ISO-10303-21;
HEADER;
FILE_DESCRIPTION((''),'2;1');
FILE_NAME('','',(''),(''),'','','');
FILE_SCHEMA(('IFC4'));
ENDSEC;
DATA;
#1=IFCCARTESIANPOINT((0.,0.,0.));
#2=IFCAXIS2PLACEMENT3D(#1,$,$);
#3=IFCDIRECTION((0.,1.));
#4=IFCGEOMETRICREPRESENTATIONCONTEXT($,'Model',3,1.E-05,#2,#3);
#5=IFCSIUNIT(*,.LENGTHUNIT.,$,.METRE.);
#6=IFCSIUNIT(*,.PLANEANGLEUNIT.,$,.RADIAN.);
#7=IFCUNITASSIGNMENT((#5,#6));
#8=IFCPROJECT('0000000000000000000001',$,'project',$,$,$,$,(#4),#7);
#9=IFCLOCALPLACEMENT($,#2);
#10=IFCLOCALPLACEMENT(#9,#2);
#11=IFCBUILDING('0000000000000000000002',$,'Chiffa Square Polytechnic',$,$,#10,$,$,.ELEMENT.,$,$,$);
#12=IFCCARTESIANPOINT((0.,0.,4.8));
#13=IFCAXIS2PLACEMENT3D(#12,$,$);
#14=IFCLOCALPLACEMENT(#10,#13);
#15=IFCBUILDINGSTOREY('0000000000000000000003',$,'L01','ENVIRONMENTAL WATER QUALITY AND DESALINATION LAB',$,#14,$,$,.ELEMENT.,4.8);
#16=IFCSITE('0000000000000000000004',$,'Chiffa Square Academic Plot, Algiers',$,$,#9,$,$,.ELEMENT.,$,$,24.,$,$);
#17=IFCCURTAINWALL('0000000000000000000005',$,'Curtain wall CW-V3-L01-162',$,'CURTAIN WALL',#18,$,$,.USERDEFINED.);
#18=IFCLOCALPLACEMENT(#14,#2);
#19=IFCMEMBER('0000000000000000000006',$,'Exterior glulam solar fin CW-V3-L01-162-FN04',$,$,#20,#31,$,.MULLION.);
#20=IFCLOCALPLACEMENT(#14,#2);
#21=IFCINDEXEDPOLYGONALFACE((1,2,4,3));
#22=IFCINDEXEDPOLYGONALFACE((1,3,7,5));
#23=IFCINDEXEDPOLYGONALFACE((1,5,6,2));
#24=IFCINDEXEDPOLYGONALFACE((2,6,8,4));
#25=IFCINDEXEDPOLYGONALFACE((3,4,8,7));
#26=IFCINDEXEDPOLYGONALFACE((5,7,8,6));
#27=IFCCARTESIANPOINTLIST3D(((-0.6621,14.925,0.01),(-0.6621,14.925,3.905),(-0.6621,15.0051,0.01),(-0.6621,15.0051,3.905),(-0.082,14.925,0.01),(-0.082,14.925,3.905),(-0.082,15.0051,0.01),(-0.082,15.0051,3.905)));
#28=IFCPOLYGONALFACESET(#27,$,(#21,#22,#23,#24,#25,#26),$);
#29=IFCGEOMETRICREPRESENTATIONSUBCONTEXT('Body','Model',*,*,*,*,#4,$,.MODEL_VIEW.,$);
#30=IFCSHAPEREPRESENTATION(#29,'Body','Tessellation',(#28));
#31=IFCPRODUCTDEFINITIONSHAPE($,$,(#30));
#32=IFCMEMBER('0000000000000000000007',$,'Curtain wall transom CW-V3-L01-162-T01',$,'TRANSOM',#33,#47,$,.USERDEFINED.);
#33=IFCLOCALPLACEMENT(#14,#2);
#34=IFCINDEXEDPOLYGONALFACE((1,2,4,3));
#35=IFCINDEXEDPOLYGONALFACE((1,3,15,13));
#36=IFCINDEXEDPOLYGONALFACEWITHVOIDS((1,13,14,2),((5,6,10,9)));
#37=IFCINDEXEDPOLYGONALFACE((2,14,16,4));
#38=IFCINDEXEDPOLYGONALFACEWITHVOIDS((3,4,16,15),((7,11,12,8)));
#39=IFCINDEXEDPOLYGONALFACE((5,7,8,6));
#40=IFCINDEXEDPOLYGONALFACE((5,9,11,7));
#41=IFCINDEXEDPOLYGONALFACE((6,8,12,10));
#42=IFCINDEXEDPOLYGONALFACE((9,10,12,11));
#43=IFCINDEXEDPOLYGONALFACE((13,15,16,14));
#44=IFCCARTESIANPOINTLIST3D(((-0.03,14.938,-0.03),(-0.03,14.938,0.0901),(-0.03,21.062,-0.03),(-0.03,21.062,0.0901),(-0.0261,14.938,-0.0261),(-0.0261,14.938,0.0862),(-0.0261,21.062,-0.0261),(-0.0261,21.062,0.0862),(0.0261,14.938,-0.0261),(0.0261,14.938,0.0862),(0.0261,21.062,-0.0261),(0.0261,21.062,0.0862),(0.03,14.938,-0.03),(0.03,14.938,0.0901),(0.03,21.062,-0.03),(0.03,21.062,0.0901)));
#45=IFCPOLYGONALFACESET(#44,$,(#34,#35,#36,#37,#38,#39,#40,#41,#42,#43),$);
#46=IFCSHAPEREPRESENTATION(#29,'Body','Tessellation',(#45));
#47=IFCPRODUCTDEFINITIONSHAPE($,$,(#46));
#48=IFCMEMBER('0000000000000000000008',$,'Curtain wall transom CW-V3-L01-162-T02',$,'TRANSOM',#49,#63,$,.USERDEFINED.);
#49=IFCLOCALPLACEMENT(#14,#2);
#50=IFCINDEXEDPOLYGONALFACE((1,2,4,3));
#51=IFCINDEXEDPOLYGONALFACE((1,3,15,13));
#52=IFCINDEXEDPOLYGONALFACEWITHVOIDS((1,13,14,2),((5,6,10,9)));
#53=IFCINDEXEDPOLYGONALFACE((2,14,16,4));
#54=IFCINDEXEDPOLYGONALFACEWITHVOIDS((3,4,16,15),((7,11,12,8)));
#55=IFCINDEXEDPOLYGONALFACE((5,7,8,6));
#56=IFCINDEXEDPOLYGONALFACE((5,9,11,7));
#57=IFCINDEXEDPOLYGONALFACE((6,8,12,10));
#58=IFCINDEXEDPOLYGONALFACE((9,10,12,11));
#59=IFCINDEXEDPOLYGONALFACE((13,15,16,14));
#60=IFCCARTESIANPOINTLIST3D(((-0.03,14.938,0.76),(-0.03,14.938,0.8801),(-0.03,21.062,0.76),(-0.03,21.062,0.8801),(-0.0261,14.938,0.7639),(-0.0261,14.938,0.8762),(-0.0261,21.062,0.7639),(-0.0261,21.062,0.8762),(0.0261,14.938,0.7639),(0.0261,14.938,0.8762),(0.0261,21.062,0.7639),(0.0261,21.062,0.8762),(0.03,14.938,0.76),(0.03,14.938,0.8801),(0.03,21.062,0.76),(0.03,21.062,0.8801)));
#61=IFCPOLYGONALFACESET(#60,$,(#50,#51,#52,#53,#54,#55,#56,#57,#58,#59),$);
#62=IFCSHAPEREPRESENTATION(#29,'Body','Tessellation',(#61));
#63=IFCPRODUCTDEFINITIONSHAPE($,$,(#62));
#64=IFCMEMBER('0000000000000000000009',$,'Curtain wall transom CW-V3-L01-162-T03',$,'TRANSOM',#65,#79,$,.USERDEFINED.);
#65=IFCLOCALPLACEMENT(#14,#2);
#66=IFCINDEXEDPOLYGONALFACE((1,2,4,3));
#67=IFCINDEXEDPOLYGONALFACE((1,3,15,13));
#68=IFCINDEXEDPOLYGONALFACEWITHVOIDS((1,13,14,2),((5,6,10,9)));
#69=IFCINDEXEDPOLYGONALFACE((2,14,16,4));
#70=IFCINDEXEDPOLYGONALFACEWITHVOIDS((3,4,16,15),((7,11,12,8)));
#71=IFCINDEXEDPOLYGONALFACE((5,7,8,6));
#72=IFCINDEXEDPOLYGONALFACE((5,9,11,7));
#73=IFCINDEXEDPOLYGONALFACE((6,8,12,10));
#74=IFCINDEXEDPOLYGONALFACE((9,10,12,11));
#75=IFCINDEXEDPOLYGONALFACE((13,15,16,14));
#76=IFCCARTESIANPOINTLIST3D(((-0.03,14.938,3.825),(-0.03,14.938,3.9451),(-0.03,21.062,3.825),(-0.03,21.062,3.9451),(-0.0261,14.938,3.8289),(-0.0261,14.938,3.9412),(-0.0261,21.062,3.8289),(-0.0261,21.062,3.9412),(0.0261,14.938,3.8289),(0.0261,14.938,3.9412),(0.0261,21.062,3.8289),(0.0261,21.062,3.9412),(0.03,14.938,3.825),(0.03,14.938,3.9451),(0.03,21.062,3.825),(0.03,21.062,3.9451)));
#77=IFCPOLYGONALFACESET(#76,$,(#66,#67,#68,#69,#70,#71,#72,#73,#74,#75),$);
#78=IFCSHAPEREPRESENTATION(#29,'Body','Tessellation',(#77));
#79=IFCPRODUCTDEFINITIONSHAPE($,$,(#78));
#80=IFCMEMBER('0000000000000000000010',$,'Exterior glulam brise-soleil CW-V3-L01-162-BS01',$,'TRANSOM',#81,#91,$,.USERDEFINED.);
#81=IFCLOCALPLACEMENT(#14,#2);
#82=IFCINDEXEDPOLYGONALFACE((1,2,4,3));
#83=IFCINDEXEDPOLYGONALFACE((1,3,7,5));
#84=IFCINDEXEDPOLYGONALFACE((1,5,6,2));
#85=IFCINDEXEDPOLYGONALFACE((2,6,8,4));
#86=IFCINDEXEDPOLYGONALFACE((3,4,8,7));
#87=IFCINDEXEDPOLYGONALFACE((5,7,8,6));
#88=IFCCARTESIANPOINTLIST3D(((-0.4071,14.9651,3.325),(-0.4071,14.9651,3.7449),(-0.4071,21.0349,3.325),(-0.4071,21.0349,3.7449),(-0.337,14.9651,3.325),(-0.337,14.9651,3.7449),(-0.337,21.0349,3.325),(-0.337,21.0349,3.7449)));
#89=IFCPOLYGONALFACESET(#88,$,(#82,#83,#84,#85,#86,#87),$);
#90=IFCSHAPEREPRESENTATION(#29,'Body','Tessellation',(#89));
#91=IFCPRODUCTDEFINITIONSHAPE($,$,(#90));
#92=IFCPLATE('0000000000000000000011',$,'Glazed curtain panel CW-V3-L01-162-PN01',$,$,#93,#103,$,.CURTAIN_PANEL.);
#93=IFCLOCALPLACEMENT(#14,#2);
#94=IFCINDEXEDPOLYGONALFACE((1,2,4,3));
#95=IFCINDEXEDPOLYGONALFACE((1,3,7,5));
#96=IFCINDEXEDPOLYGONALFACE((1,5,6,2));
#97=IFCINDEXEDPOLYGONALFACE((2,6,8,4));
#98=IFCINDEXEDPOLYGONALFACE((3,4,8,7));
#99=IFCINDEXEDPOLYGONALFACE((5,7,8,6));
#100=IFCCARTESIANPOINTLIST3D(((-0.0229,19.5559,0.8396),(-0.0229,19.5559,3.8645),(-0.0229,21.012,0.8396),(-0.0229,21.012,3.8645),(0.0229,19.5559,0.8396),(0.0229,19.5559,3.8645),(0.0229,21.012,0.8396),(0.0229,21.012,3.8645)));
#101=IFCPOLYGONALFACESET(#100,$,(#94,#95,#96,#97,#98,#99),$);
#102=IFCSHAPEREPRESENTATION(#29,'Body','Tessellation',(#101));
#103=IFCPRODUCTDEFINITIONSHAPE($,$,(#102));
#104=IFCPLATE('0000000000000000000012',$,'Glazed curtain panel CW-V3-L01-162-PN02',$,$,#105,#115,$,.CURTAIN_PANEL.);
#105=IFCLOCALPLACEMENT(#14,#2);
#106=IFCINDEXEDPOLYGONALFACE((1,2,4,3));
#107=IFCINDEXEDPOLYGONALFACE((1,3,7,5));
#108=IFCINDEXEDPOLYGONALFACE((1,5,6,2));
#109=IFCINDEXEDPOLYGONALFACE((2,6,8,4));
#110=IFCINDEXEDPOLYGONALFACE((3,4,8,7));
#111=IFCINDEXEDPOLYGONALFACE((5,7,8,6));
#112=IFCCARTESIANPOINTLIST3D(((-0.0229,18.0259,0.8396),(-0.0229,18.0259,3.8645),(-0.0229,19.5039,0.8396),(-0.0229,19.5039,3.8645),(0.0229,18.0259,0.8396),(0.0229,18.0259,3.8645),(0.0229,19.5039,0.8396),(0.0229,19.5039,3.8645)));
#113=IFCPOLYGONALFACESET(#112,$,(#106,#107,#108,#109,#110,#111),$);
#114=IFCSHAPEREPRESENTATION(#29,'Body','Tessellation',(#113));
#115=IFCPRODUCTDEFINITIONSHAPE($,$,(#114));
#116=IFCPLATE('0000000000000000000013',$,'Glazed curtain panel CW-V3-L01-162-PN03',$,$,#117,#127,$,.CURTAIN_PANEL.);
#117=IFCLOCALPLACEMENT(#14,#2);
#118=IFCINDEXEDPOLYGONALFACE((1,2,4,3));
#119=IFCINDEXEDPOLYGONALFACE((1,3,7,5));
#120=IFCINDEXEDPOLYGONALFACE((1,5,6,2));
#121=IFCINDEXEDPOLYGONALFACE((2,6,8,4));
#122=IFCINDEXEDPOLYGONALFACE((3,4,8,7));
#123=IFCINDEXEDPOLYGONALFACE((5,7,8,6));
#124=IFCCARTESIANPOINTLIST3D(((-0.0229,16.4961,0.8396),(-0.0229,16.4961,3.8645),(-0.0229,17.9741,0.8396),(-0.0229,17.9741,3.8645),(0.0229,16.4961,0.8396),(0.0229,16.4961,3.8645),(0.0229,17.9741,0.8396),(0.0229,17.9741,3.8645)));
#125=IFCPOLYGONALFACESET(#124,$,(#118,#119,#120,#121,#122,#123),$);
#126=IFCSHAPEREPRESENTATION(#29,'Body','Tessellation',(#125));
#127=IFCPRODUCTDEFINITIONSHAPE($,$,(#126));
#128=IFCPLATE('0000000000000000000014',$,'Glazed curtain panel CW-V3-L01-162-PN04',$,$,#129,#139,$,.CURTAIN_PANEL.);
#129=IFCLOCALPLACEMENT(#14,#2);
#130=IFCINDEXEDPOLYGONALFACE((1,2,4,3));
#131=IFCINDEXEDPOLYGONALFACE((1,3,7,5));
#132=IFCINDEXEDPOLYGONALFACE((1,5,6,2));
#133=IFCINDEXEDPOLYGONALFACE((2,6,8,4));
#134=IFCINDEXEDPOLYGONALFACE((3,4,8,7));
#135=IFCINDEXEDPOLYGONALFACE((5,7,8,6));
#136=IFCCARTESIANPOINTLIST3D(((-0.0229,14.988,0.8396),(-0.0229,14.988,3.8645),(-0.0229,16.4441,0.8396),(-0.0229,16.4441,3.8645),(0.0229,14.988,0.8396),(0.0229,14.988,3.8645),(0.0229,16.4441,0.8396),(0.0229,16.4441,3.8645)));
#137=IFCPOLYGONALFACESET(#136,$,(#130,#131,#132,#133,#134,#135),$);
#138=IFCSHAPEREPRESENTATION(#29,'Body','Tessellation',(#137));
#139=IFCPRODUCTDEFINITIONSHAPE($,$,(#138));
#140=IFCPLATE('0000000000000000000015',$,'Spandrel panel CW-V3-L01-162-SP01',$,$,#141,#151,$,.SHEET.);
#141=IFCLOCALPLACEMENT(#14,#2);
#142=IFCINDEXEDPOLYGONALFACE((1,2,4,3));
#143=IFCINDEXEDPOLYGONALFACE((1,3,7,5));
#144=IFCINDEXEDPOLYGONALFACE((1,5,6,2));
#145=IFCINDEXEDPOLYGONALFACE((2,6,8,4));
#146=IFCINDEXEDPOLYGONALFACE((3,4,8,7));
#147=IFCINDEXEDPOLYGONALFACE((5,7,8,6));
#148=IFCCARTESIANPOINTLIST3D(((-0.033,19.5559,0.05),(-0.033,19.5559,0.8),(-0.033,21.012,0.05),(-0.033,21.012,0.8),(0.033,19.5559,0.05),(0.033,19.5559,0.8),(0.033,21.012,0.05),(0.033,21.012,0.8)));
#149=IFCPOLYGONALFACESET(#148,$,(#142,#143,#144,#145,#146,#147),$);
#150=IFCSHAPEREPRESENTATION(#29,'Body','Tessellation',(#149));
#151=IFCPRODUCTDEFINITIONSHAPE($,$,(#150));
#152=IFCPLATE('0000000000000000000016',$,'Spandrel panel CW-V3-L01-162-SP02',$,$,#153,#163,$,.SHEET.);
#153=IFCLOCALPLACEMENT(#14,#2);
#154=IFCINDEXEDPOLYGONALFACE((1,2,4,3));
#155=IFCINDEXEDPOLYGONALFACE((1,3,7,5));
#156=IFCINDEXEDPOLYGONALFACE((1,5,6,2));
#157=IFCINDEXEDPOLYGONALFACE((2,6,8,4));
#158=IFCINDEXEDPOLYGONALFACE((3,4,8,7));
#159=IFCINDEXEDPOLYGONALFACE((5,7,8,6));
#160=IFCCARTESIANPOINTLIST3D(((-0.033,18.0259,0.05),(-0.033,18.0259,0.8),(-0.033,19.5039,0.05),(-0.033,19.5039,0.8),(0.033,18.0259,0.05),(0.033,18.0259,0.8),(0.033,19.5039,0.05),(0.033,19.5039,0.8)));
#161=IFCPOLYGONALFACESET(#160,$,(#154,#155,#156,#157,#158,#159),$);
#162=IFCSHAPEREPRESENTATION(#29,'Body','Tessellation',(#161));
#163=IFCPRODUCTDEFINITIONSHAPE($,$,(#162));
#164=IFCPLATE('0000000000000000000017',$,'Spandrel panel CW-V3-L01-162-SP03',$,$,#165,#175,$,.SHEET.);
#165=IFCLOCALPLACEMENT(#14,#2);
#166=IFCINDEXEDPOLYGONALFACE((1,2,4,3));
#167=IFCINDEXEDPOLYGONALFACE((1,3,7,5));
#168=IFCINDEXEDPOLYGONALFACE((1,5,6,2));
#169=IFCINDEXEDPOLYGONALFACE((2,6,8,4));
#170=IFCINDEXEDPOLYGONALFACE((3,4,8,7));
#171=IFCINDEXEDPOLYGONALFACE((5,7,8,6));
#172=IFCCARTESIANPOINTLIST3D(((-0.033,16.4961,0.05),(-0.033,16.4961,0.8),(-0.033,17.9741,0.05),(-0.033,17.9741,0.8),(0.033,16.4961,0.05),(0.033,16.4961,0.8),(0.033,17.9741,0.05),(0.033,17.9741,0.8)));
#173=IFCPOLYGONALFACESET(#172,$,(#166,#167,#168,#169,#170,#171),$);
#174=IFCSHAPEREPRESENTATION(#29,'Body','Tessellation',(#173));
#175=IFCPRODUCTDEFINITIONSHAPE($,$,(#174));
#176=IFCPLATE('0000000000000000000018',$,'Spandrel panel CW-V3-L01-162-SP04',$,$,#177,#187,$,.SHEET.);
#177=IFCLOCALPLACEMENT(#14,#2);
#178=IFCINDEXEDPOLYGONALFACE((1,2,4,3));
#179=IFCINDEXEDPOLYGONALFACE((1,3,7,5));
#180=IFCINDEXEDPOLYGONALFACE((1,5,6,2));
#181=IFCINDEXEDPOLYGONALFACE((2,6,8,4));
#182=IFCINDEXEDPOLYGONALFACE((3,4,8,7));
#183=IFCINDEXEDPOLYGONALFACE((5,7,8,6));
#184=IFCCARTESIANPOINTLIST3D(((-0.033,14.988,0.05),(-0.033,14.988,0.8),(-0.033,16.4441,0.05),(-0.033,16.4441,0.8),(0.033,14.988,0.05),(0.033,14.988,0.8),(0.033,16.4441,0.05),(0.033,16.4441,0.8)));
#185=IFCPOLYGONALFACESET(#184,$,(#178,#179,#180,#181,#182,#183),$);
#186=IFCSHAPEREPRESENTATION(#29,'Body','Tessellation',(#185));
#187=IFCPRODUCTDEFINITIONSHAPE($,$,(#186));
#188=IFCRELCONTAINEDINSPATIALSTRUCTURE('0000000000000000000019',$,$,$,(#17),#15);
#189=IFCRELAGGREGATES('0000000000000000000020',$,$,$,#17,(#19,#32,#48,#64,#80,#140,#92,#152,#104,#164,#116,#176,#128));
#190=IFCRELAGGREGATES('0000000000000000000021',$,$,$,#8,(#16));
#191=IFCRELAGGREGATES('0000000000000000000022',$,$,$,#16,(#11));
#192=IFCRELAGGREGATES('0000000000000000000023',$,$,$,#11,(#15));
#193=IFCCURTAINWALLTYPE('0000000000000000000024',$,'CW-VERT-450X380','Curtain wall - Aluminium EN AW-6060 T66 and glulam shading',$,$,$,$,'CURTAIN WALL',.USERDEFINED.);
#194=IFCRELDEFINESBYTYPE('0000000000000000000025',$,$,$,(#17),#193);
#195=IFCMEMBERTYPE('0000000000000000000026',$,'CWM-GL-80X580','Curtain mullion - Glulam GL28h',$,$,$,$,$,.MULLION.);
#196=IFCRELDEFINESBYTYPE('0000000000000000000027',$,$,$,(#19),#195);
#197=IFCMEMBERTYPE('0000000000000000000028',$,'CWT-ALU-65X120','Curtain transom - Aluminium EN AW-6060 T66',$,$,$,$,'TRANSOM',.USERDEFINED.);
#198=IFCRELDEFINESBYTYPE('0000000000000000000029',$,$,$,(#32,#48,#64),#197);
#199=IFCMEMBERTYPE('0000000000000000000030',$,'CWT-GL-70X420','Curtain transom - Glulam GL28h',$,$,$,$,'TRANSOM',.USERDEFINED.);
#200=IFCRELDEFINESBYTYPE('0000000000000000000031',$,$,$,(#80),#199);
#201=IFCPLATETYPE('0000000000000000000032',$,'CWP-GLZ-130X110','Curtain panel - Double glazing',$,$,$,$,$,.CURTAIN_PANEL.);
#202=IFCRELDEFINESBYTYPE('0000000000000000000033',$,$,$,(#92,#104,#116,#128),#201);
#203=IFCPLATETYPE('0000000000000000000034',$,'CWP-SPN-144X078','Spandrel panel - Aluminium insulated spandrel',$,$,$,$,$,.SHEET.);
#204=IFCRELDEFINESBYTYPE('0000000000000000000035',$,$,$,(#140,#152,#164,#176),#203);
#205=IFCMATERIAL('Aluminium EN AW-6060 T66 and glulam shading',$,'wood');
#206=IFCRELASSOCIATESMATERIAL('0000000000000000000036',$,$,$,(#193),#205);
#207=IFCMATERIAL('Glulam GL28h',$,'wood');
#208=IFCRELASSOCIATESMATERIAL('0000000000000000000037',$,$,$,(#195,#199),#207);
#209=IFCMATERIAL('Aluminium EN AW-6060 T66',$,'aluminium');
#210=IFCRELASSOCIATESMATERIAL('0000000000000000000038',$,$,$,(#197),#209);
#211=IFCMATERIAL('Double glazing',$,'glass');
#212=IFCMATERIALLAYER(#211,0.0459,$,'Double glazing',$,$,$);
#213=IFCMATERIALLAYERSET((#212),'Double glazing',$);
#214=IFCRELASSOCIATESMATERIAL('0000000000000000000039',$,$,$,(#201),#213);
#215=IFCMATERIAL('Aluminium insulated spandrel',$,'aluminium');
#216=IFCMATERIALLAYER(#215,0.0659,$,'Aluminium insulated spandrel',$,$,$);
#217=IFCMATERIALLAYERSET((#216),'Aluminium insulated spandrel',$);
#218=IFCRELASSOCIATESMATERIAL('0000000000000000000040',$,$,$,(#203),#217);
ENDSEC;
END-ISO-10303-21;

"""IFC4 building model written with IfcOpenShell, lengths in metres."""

from ifc_helpers import new_model, si_unit, direction, frame, origin, origin_2d, place, context, subcontext, project, spatial, rectangle, hollow_rectangle, extrude, material, layer, layer_set, material_profile, profile_set, type_object, element, aggregate, save


model = new_model("IFC4")

# Units and contexts
model_context = context("Model", 3, precision=1e-05, world=origin(), true_north=direction((0.0, 1.0)))
body_context = subcontext(model_context, "Body", "Model", "MODEL_VIEW")
ifc_project = project(units=[si_unit("LENGTHUNIT", "METRE"), si_unit("PLANEANGLEUNIT", "RADIAN")], contexts=[model_context])

# Site, building, storey
site_placement = place(None, origin())
site = spatial("IfcSite", under=ifc_project, at=site_placement, Name="Chiffa Square Academic Plot, Algiers", CompositionType="ELEMENT", RefElevation=24.0)
building_placement = place(site_placement, origin())
building = spatial("IfcBuilding", under=site, at=building_placement, Name="Chiffa Square Polytechnic", CompositionType="ELEMENT")
storey_placement = place(building_placement, frame((0.0, 0.0, 4.8)))
storey = spatial("IfcBuildingStorey", under=building, at=storey_placement, Name="L01", Description="ENVIRONMENTAL WATER QUALITY AND DESALINATION LAB", CompositionType="ELEMENT", Elevation=4.8)

# Curtain wall, members, plates
ifc_material_1 = material(Name="Aluminium EN AW-6060 T66 and glulam shading", Category="wood")
curtain_wall_type = type_object("IfcCurtainWallType", Name="CW-VERT-450X380", Description="Curtain wall - Aluminium EN AW-6060 T66 and glulam shading", ElementType="CURTAIN WALL", PredefinedType="USERDEFINED", material=ifc_material_1)
curtain_wall_placement = place(storey_placement, origin())
curtain_wall = element("IfcCurtainWall", 1, at=curtain_wall_placement, inside=storey, type_object=curtain_wall_type, Name="Curtain wall CW-V3-L01-162", ObjectType="CURTAIN WALL", PredefinedType="USERDEFINED")
ifc_material_2 = material(Name="Aluminium EN AW-6060 T66", Category="aluminium")
ifc_material_3 = material(Name="Glulam GL28h", Category="wood")
ifc_material_profile_1 = material_profile(ifc_material_3, rectangle(XDim=0.0801, YDim=0.5801, at=origin_2d()), Name="GL28h 80x580")
ifc_profile_set_1 = profile_set([ifc_material_profile_1], Name="Glulam GL28h")
member_type_1 = type_object("IfcMemberType", Name="CWM-GL-80X580", Description="Curtain mullion - Glulam GL28h", PredefinedType="MULLION", material=ifc_profile_set_1)
member_1_placement = place(storey_placement, frame((-0.3721, 14.9651, 0.01), z_axis=(0.0, 0.0, 1.0), x_axis=(0.0, -1.0, 0.0)))
member_1 = element("IfcMember", 2, at=member_1_placement, type_object=member_type_1, Name="Exterior glulam solar fin CW-V3-L01-162-FN04", PredefinedType="MULLION", context=body_context, shape_type="SweptSolid", body=[
    extrude(rectangle(XDim=0.0801, YDim=0.5801, at=origin_2d()), origin(), (0.0, 0.0, 1.0), 3.895),
])
ifc_material_profile_2 = material_profile(ifc_material_2, hollow_rectangle(XDim=0.0601, YDim=0.1201, WallThickness=0.0039, at=origin_2d()), Name="ALU 60x120x4")
ifc_profile_set_2 = profile_set([ifc_material_profile_2], Name="Aluminium EN AW-6060 T66")
member_type_2 = type_object("IfcMemberType", Name="CWT-ALU-65X120", Description="Curtain transom - Aluminium EN AW-6060 T66", ElementType="TRANSOM", PredefinedType="USERDEFINED", material=ifc_profile_set_2)
member_2_placement = place(storey_placement, frame((0.0, 21.062, 0.03), z_axis=(0.0, -1.0, 0.0), x_axis=(1.0, 0.0, 0.0)))
member_2 = element("IfcMember", 3, at=member_2_placement, type_object=member_type_2, Name="Curtain wall transom CW-V3-L01-162-T01", ObjectType="TRANSOM", PredefinedType="USERDEFINED", context=body_context, shape_type="SweptSolid", body=[
    extrude(hollow_rectangle(XDim=0.0601, YDim=0.1201, WallThickness=0.0039, at=origin_2d()), origin(), (0.0, 0.0, 1.0), 6.124),
])
member_3_placement = place(storey_placement, frame((0.0, 21.062, 0.8201), z_axis=(0.0, -1.0, 0.0), x_axis=(1.0, 0.0, 0.0)))
member_3 = element("IfcMember", 4, at=member_3_placement, type_object=member_type_2, Name="Curtain wall transom CW-V3-L01-162-T02", ObjectType="TRANSOM", PredefinedType="USERDEFINED", context=body_context, shape_type="SweptSolid", body=[
    extrude(hollow_rectangle(XDim=0.0601, YDim=0.1201, WallThickness=0.0039, at=origin_2d()), origin(), (0.0, 0.0, 1.0), 6.124),
])
member_4_placement = place(storey_placement, frame((0.0, 21.062, 3.885), z_axis=(0.0, -1.0, 0.0), x_axis=(1.0, 0.0, 0.0)))
member_4 = element("IfcMember", 5, at=member_4_placement, type_object=member_type_2, Name="Curtain wall transom CW-V3-L01-162-T03", ObjectType="TRANSOM", PredefinedType="USERDEFINED", context=body_context, shape_type="SweptSolid", body=[
    extrude(hollow_rectangle(XDim=0.0601, YDim=0.1201, WallThickness=0.0039, at=origin_2d()), origin(), (0.0, 0.0, 1.0), 6.124),
])
ifc_material_profile_3 = material_profile(ifc_material_3, rectangle(XDim=0.0701, YDim=0.4199, at=origin_2d()), Name="GL28h 70x420")
ifc_profile_set_3 = profile_set([ifc_material_profile_3], Name="Glulam GL28h")
member_type_3 = type_object("IfcMemberType", Name="CWT-GL-70X420", Description="Curtain transom - Glulam GL28h", ElementType="TRANSOM", PredefinedType="USERDEFINED", material=ifc_profile_set_3)
member_5_placement = place(storey_placement, frame((-0.3721, 21.0349, 3.5349), z_axis=(0.0, -1.0, 0.0), x_axis=(1.0, 0.0, 0.0)))
member_5 = element("IfcMember", 6, at=member_5_placement, type_object=member_type_3, Name="Exterior glulam brise-soleil CW-V3-L01-162-BS01", ObjectType="TRANSOM", PredefinedType="USERDEFINED", context=body_context, shape_type="SweptSolid", body=[
    extrude(rectangle(XDim=0.0701, YDim=0.4199, at=origin_2d()), origin(), (0.0, 0.0, 1.0), 6.0698),
])
ifc_material_4 = material(Name="Double glazing", Category="glass")
ifc_layer_1 = layer(ifc_material_4, 0.0459, Name="Double glazing")
ifc_layer_set_1 = layer_set([ifc_layer_1], Name="Double glazing")
plate_type_1 = type_object("IfcPlateType", Name="CWP-GLZ-130X110", Description="Curtain panel - Double glazing", PredefinedType="CURTAIN_PANEL", material=ifc_layer_set_1)
plate_1_placement = place(storey_placement, frame((0.0, 20.2839, 0.8396), z_axis=(0.0, 0.0, 1.0), x_axis=(0.0, -1.0, 0.0)))
plate_1 = element("IfcPlate", 7, at=plate_1_placement, type_object=plate_type_1, Name="Glazed curtain panel CW-V3-L01-162-PN01", PredefinedType="CURTAIN_PANEL", context=body_context, shape_type="SweptSolid", body=[
    extrude(rectangle(XDim=1.4561, YDim=0.0459, at=origin_2d()), origin(), (0.0, 0.0, 1.0), 3.0249),
])
plate_2_placement = place(storey_placement, frame((0.0, 18.7649, 0.8396), z_axis=(0.0, 0.0, 1.0), x_axis=(0.0, -1.0, 0.0)))
plate_2 = element("IfcPlate", 8, at=plate_2_placement, type_object=plate_type_1, Name="Glazed curtain panel CW-V3-L01-162-PN02", PredefinedType="CURTAIN_PANEL", context=body_context, shape_type="SweptSolid", body=[
    extrude(rectangle(XDim=1.478, YDim=0.0459, at=origin_2d()), origin(), (0.0, 0.0, 1.0), 3.0249),
])
plate_3_placement = place(storey_placement, frame((0.0, 17.2351, 0.8396), z_axis=(0.0, 0.0, 1.0), x_axis=(0.0, -1.0, 0.0)))
plate_3 = element("IfcPlate", 9, at=plate_3_placement, type_object=plate_type_1, Name="Glazed curtain panel CW-V3-L01-162-PN03", PredefinedType="CURTAIN_PANEL", context=body_context, shape_type="SweptSolid", body=[
    extrude(rectangle(XDim=1.478, YDim=0.0459, at=origin_2d()), origin(), (0.0, 0.0, 1.0), 3.0249),
])
plate_4_placement = place(storey_placement, frame((0.0, 15.7161, 0.8396), z_axis=(0.0, 0.0, 1.0), x_axis=(0.0, -1.0, 0.0)))
plate_4 = element("IfcPlate", 10, at=plate_4_placement, type_object=plate_type_1, Name="Glazed curtain panel CW-V3-L01-162-PN04", PredefinedType="CURTAIN_PANEL", context=body_context, shape_type="SweptSolid", body=[
    extrude(rectangle(XDim=1.4561, YDim=0.0459, at=origin_2d()), origin(), (0.0, 0.0, 1.0), 3.0249),
])
ifc_material_5 = material(Name="Aluminium insulated spandrel", Category="aluminium")
ifc_layer_2 = layer(ifc_material_5, 0.0659, Name="Aluminium insulated spandrel")
ifc_layer_set_2 = layer_set([ifc_layer_2], Name="Aluminium insulated spandrel")
plate_type_2 = type_object("IfcPlateType", Name="CWP-SPN-144X078", Description="Spandrel panel - Aluminium insulated spandrel", PredefinedType="SHEET", material=ifc_layer_set_2)
plate_5_placement = place(storey_placement, frame((0.0, 20.2839, 0.05), z_axis=(0.0, 0.0, 1.0), x_axis=(0.0, -1.0, 0.0)))
plate_5 = element("IfcPlate", 11, at=plate_5_placement, type_object=plate_type_2, Name="Spandrel panel CW-V3-L01-162-SP01", PredefinedType="SHEET", context=body_context, shape_type="SweptSolid", body=[
    extrude(rectangle(XDim=1.4561, YDim=0.0659, at=origin_2d()), origin(), (0.0, 0.0, 1.0), 0.75),
])
plate_6_placement = place(storey_placement, frame((0.0, 18.7649, 0.05), z_axis=(0.0, 0.0, 1.0), x_axis=(0.0, -1.0, 0.0)))
plate_6 = element("IfcPlate", 12, at=plate_6_placement, type_object=plate_type_2, Name="Spandrel panel CW-V3-L01-162-SP02", PredefinedType="SHEET", context=body_context, shape_type="SweptSolid", body=[
    extrude(rectangle(XDim=1.478, YDim=0.0659, at=origin_2d()), origin(), (0.0, 0.0, 1.0), 0.75),
])
plate_7_placement = place(storey_placement, frame((0.0, 17.2351, 0.05), z_axis=(0.0, 0.0, 1.0), x_axis=(0.0, -1.0, 0.0)))
plate_7 = element("IfcPlate", 13, at=plate_7_placement, type_object=plate_type_2, Name="Spandrel panel CW-V3-L01-162-SP03", PredefinedType="SHEET", context=body_context, shape_type="SweptSolid", body=[
    extrude(rectangle(XDim=1.478, YDim=0.0659, at=origin_2d()), origin(), (0.0, 0.0, 1.0), 0.75),
])
plate_8_placement = place(storey_placement, frame((0.0, 15.7161, 0.05), z_axis=(0.0, 0.0, 1.0), x_axis=(0.0, -1.0, 0.0)))
plate_8 = element("IfcPlate", 14, at=plate_8_placement, type_object=plate_type_2, Name="Spandrel panel CW-V3-L01-162-SP04", PredefinedType="SHEET", context=body_context, shape_type="SweptSolid", body=[
    extrude(rectangle(XDim=1.4561, YDim=0.0659, at=origin_2d()), origin(), (0.0, 0.0, 1.0), 0.75),
])
aggregate(curtain_wall, [member_1, member_2, member_3, member_4, member_5, plate_5, plate_1, plate_6, plate_2, plate_7, plate_3, plate_8, plate_4])

save(model, "model.ifc")
